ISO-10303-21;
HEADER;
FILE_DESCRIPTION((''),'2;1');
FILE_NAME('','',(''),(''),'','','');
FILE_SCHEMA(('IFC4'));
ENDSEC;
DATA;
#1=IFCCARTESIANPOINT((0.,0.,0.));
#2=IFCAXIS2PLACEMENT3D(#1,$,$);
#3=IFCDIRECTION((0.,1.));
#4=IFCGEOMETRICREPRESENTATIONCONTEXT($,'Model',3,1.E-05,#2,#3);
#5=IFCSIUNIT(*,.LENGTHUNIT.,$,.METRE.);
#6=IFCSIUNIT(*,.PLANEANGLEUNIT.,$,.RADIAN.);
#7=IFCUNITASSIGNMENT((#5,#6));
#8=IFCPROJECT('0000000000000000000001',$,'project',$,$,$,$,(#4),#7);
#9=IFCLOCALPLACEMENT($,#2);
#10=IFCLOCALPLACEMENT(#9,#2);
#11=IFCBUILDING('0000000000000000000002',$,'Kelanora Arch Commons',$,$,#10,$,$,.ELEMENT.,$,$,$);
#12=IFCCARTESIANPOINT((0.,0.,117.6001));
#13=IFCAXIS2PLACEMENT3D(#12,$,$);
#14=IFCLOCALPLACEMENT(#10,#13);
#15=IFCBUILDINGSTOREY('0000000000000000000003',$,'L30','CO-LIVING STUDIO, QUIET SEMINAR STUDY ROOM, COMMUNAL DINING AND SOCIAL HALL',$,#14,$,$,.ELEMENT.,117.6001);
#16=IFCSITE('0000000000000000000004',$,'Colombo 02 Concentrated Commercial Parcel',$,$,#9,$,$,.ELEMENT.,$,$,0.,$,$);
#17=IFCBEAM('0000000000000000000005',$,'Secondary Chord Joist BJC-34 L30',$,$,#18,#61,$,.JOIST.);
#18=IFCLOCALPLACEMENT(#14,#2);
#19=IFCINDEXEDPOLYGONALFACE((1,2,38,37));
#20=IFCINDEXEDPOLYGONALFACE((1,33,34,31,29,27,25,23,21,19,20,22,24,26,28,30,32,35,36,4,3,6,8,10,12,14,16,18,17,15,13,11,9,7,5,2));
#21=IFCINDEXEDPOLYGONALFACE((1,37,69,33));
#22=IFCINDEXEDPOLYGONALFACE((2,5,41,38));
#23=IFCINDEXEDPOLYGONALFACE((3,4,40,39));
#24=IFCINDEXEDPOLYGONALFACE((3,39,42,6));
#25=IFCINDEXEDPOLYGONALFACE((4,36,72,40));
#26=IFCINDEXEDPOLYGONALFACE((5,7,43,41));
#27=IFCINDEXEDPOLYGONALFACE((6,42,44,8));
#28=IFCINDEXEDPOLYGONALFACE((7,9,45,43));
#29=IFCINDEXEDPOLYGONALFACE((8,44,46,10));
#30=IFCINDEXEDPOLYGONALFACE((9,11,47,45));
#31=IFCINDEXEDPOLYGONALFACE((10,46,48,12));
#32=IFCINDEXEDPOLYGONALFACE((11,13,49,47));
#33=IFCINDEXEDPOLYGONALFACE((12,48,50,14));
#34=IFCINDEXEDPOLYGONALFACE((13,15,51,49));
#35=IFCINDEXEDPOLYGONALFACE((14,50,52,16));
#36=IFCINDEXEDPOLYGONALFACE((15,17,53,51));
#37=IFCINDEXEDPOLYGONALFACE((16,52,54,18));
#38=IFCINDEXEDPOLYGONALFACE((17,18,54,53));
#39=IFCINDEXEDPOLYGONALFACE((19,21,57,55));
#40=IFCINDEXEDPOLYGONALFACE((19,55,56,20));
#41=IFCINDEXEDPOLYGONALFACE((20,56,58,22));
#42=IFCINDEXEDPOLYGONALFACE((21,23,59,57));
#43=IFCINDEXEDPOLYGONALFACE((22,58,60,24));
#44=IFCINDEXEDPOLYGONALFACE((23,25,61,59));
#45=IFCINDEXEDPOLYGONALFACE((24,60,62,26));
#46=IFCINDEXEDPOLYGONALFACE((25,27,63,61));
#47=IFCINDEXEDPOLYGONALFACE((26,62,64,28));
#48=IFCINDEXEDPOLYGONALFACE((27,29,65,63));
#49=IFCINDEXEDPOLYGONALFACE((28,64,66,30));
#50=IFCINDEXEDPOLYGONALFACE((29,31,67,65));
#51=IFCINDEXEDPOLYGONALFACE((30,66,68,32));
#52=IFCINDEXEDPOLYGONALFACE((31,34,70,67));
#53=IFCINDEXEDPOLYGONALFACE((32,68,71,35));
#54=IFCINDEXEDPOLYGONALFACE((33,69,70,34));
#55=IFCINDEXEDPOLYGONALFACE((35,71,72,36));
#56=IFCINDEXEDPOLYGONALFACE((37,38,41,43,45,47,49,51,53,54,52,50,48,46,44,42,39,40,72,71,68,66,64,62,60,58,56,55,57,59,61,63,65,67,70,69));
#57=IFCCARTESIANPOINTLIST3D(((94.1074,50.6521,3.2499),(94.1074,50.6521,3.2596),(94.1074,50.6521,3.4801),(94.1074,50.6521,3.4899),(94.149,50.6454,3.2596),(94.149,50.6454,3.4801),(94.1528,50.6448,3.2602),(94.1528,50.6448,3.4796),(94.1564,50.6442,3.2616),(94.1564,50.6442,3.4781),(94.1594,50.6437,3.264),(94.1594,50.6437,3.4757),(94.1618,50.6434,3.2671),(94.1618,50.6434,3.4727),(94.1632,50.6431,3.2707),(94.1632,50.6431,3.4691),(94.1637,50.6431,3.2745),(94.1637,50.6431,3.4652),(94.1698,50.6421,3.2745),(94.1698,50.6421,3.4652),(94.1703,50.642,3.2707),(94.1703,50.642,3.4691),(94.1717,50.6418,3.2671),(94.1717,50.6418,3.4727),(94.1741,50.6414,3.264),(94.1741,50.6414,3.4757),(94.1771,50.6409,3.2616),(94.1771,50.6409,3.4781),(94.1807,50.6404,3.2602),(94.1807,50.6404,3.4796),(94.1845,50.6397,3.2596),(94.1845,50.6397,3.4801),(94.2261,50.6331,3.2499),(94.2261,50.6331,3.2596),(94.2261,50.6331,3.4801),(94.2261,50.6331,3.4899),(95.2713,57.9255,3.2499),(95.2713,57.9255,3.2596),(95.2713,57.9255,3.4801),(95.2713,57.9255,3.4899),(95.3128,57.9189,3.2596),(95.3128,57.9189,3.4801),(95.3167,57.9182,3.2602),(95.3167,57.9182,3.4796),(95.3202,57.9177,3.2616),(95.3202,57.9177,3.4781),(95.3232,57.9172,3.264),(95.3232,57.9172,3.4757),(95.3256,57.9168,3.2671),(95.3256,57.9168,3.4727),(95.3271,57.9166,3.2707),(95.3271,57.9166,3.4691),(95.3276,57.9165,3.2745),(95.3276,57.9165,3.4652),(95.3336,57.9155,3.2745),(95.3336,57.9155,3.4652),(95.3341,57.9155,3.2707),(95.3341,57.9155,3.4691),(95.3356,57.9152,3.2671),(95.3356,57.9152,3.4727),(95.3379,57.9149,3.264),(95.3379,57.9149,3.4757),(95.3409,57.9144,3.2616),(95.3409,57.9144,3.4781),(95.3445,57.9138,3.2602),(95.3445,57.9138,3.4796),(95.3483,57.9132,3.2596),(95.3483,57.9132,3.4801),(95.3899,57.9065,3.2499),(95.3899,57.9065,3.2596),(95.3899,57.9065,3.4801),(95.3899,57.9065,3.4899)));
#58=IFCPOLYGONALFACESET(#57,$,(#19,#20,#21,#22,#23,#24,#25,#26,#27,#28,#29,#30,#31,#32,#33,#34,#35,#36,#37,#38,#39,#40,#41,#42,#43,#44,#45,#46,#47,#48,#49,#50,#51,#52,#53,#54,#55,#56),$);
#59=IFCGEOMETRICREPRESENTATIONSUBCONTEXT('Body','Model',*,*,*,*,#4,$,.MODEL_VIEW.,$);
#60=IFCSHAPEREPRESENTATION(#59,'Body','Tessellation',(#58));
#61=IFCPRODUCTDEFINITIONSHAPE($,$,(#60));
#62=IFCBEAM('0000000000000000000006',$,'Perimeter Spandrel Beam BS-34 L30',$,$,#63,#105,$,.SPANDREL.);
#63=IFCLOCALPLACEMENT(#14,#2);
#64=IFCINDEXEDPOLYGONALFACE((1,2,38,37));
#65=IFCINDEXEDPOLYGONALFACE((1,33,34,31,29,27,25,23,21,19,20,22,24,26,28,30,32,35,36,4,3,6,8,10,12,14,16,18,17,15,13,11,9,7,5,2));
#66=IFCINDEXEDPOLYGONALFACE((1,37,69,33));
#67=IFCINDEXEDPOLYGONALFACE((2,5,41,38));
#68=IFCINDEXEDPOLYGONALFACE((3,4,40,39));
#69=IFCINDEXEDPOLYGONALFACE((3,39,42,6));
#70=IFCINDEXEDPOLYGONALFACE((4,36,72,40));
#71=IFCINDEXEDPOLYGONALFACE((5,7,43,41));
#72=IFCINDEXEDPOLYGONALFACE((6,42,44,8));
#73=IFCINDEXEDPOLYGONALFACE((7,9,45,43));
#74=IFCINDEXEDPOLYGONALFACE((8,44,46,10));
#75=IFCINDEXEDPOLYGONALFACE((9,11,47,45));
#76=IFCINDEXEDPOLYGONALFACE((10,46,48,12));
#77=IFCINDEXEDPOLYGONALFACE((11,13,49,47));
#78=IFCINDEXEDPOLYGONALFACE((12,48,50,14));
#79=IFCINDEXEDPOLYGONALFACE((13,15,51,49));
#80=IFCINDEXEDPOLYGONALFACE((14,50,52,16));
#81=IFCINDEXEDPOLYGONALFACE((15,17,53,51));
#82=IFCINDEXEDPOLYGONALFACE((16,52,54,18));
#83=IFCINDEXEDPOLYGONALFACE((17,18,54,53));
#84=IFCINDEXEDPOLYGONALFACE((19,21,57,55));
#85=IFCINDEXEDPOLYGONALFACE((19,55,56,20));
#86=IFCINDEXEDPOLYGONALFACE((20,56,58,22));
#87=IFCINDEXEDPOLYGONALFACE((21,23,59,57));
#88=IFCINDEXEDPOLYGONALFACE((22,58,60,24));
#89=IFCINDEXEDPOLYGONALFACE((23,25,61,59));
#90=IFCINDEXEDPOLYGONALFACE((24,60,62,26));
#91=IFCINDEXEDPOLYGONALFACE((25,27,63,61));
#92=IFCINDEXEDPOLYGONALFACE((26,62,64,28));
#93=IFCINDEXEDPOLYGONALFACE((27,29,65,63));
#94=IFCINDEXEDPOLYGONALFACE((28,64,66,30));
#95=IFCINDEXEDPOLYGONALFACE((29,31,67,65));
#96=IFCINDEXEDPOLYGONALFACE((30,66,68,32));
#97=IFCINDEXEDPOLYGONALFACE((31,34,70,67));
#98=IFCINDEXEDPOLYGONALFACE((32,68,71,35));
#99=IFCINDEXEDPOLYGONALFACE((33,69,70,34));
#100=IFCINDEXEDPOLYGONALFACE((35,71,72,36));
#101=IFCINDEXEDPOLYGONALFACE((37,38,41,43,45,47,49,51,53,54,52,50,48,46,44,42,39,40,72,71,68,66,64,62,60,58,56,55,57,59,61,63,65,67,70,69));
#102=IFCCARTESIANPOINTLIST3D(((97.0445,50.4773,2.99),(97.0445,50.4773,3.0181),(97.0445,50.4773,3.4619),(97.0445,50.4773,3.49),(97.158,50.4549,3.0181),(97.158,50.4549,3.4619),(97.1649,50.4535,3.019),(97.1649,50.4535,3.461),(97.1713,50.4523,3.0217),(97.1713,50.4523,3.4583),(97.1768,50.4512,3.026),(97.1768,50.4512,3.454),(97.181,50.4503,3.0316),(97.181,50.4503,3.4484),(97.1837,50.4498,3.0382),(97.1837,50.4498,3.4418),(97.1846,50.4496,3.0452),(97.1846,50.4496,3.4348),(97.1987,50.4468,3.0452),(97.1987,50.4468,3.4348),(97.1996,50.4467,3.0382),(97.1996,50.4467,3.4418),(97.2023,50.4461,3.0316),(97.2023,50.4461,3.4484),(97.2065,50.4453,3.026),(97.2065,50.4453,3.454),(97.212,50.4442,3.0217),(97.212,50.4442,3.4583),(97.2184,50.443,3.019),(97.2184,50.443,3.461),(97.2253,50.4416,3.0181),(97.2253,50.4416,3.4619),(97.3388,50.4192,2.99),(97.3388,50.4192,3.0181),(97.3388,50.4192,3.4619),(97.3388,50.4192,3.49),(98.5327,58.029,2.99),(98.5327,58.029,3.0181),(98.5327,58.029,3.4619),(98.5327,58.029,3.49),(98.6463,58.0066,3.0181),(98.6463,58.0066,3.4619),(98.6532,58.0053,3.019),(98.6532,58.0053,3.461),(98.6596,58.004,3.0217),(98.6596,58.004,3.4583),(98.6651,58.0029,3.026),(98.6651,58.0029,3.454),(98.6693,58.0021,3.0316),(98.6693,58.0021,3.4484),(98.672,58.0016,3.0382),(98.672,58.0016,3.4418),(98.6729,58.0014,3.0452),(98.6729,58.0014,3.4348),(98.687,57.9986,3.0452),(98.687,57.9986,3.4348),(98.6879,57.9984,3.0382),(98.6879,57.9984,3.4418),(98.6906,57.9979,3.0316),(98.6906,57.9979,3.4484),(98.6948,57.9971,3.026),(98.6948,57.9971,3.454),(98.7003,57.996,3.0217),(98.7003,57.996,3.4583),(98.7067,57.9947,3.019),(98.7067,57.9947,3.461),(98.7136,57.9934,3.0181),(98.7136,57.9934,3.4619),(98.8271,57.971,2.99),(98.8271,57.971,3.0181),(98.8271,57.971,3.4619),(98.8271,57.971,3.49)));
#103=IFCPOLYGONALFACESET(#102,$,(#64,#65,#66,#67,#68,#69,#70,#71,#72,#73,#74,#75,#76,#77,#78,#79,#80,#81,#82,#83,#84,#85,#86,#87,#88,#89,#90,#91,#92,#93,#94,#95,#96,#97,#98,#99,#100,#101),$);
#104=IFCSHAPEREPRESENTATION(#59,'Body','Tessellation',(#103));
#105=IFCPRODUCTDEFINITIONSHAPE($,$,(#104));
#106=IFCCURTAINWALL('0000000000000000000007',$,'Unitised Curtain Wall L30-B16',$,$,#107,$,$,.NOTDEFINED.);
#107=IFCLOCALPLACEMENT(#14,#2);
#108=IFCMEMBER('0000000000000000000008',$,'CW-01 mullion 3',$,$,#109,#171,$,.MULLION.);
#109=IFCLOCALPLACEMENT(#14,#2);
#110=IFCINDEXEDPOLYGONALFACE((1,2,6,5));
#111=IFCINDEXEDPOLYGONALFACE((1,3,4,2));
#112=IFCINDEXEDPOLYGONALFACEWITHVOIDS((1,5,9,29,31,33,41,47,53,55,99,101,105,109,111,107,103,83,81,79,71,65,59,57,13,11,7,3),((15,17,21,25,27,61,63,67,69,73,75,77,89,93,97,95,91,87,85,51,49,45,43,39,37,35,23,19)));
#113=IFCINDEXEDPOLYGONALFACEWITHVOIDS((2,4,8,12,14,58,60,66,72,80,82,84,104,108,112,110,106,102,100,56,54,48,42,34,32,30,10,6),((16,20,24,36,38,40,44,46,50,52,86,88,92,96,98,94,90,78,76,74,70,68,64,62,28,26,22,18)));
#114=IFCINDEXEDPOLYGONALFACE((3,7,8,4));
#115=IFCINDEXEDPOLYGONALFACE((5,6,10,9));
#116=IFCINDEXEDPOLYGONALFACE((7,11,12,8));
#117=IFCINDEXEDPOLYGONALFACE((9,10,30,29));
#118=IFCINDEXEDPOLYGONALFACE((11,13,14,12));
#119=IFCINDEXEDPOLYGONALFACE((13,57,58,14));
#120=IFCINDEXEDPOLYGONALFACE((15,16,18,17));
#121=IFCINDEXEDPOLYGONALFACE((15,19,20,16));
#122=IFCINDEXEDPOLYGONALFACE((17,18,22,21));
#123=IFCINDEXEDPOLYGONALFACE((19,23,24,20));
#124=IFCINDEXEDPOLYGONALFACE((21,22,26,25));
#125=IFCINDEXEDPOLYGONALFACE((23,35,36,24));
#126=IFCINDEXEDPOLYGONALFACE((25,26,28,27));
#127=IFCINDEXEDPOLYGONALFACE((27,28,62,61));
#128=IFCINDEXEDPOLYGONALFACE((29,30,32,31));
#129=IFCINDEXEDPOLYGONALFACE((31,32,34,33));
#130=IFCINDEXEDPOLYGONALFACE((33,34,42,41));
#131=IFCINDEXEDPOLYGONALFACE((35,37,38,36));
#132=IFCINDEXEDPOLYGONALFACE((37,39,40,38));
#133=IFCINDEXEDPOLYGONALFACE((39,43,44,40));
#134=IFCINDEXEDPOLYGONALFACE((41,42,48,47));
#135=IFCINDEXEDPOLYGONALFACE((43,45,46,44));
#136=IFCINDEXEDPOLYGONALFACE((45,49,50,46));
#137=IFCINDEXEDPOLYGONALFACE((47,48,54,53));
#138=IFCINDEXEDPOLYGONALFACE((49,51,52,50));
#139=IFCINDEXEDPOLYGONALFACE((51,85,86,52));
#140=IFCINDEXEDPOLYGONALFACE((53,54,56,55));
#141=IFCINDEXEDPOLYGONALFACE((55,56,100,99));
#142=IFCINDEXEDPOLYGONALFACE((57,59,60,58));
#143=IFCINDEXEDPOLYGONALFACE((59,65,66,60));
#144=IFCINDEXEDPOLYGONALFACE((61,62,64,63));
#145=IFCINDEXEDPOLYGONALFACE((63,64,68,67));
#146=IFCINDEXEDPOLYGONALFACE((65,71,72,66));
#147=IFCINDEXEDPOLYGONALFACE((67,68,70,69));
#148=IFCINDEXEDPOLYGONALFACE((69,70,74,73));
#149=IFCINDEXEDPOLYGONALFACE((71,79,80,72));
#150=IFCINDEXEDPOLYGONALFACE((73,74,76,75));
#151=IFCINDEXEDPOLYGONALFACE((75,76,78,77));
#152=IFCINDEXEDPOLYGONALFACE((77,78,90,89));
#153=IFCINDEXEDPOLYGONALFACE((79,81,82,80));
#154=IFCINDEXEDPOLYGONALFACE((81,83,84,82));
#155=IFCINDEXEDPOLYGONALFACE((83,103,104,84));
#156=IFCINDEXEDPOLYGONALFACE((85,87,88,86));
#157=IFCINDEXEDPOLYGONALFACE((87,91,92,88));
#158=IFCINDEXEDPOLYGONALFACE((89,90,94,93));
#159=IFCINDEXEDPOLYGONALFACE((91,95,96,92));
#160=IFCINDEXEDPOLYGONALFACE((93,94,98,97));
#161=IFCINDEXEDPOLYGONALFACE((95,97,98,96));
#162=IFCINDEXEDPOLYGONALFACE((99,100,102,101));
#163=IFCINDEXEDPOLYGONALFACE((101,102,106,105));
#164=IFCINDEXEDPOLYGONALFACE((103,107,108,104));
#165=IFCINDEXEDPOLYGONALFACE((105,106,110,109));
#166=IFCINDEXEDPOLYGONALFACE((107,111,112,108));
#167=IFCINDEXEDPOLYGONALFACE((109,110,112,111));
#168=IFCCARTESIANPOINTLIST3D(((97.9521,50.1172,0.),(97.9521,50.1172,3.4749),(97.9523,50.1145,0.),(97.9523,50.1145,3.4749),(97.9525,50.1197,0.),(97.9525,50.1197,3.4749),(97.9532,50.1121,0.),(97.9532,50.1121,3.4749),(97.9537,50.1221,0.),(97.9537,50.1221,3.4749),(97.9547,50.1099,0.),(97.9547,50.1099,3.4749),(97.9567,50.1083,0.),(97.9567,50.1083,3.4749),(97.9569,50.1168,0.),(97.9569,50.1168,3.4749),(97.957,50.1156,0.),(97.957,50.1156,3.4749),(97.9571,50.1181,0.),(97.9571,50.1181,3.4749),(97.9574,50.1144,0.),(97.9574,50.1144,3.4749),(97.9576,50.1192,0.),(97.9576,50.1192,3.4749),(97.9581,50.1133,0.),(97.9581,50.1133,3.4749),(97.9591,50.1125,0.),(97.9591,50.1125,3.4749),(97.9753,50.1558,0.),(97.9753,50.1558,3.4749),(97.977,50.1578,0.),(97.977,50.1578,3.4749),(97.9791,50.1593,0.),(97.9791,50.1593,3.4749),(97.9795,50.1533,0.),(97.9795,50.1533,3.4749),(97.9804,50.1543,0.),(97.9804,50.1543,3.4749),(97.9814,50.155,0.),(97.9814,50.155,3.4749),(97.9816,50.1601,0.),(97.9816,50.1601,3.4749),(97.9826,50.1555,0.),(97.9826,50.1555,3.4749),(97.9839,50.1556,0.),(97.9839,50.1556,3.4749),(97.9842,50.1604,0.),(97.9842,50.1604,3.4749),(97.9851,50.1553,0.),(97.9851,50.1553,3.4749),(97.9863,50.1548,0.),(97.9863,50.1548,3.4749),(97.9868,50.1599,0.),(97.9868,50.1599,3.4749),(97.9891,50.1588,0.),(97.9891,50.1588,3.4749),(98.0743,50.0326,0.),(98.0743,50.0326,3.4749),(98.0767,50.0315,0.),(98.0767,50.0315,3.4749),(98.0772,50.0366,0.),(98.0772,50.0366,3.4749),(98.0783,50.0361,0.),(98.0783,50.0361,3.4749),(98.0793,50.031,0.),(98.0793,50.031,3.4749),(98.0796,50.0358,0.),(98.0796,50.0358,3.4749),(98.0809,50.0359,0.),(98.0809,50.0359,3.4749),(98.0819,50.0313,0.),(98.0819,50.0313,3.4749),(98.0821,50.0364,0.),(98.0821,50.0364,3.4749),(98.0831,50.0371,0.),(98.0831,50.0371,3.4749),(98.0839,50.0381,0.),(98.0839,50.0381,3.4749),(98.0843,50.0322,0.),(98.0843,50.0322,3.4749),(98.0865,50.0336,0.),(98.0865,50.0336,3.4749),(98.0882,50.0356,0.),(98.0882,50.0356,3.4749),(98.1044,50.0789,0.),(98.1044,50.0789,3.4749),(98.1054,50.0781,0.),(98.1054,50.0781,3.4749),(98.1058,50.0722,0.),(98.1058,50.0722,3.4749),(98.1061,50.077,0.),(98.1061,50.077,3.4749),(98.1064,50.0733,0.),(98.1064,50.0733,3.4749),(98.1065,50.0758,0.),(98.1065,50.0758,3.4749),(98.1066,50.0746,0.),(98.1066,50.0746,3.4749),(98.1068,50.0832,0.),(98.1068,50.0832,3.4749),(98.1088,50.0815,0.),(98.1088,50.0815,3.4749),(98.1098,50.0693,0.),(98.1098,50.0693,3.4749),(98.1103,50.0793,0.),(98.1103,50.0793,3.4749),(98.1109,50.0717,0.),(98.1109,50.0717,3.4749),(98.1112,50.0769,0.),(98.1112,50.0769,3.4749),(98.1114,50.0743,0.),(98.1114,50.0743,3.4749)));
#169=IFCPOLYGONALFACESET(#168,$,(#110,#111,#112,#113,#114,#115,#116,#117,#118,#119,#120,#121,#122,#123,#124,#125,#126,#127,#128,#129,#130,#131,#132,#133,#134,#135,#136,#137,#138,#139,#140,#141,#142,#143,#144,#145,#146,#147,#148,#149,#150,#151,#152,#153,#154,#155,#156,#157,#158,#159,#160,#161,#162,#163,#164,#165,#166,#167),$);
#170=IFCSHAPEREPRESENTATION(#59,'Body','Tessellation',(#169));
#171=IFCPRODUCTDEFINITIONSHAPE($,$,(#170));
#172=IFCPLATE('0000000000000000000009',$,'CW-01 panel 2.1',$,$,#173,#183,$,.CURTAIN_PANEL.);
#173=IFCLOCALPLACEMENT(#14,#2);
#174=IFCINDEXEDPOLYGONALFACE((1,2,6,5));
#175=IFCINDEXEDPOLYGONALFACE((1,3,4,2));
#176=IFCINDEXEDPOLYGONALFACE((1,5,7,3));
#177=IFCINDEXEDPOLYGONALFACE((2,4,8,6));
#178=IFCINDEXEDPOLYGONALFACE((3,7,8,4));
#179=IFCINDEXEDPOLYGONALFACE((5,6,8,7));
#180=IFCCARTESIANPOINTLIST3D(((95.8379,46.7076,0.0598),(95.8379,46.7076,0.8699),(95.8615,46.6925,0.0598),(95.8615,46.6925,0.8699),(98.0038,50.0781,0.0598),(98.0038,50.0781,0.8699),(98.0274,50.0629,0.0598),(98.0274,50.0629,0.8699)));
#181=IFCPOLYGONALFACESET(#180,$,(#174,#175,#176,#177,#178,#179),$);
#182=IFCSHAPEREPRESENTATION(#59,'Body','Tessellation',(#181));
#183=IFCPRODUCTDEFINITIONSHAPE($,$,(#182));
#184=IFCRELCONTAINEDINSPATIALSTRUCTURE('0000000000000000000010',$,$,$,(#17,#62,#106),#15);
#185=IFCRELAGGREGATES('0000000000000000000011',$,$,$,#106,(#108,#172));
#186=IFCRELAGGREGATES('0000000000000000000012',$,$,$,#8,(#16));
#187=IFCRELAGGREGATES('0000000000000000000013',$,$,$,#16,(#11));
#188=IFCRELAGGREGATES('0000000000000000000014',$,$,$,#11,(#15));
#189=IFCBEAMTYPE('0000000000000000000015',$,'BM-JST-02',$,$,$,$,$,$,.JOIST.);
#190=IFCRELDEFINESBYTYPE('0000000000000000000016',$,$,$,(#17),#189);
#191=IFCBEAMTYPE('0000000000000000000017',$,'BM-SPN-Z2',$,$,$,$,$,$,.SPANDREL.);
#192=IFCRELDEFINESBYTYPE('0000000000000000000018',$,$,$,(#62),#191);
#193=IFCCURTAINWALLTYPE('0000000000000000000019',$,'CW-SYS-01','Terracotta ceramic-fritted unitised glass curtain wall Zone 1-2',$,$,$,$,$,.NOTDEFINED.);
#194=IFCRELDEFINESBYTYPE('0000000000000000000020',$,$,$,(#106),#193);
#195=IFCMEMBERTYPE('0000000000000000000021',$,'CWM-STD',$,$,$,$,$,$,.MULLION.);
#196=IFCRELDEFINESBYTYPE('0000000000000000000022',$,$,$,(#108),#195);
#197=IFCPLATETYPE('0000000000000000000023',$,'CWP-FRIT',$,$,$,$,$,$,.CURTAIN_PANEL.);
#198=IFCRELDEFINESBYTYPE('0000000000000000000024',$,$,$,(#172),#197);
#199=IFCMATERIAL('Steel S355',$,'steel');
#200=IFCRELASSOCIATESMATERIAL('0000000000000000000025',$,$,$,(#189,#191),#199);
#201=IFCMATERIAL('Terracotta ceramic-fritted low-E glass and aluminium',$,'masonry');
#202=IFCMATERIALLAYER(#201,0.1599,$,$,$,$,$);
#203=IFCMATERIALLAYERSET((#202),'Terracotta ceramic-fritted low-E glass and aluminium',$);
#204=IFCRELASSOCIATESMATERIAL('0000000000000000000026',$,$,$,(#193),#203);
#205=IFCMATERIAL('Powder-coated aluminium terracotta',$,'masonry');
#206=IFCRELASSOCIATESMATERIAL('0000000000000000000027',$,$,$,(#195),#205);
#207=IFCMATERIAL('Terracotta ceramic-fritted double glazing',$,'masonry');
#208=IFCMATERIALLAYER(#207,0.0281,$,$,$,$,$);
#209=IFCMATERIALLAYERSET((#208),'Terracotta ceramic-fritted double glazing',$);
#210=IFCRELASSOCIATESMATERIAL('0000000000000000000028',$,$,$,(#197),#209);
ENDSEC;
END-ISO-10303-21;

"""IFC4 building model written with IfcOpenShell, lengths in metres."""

from ifc_helpers import new_model, si_unit, direction, frame, origin, origin_2d, place, context, subcontext, project, spatial, rectangle, hollow_rectangle, i_section, extrude, source, transform, mapped, material, layer, layer_set, material_profile, profile_set, type_object, element, aggregate, save


model = new_model("IFC4")

# Units and contexts
model_context = context("Model", 3, precision=1e-05, world=origin(), true_north=direction((0.0, 1.0)))
body_context = subcontext(model_context, "Body", "Model", "MODEL_VIEW")
ifc_project = project(units=[si_unit("LENGTHUNIT", "METRE"), si_unit("PLANEANGLEUNIT", "RADIAN")], contexts=[model_context])

# Site, building, storey
site_placement = place(None, origin())
site = spatial("IfcSite", under=ifc_project, at=site_placement, Name="Colombo 02 Concentrated Commercial Parcel", CompositionType="ELEMENT", RefElevation=0.0)
building_placement = place(site_placement, origin())
building = spatial("IfcBuilding", under=site, at=building_placement, Name="Kelanora Arch Commons", CompositionType="ELEMENT")
storey_placement = place(building_placement, frame((0.0, 0.0, 117.6001)))
storey = spatial("IfcBuildingStorey", under=building, at=storey_placement, Name="L30", Description="CO-LIVING STUDIO, QUIET SEMINAR STUDY ROOM, COMMUNAL DINING AND SOCIAL HALL", CompositionType="ELEMENT", Elevation=117.6001)

# Beams
ifc_material_1 = material(Name="Steel S355", Category="steel")
ifc_material_profile_1 = material_profile(ifc_material_1, i_section(OverallWidth=0.1201, OverallDepth=0.24, WebThickness=0.0061, FlangeThickness=0.0098, FilletRadius=0.0149, at=origin_2d()), Name="IPE240")
ifc_profile_set_1 = profile_set([ifc_material_profile_1], Name="Steel S355")
beam_type_1 = type_object("IfcBeamType", Name="BM-JST-02", PredefinedType="JOIST", material=ifc_profile_set_1)
beam_1_placement = place(storey_placement, frame((94.1667, 50.6426, 3.3699), z_axis=(0.158, 0.987439, 0.0), x_axis=(-0.987439, 0.158, 0.0)))
element("IfcBeam", 1, at=beam_1_placement, inside=storey, type_object=beam_type_1, Name="Secondary Chord Joist BJC-34 L30", PredefinedType="JOIST", context=body_context, shape_type="SweptSolid", body=[
    extrude(i_section(OverallWidth=0.1201, OverallDepth=0.24, WebThickness=0.0061, FlangeThickness=0.0098, FilletRadius=0.0149, at=origin_2d()), origin(), (0.0, 0.0, 1.0), 7.366),
])
ifc_material_profile_2 = material_profile(ifc_material_1, i_section(OverallWidth=0.3, OverallDepth=0.5, WebThickness=0.0144, FlangeThickness=0.0281, FilletRadius=0.0271, at=origin_2d()), Name="HEB500")
ifc_profile_set_2 = profile_set([ifc_material_profile_2], Name="Steel S355")
beam_type_2 = type_object("IfcBeamType", Name="BM-SPN-Z2", PredefinedType="SPANDREL", material=ifc_profile_set_2)
beam_2_placement = place(storey_placement, frame((97.1917, 50.4482, 3.24), z_axis=(0.193358, 0.981128, 0.0), x_axis=(-0.981128, 0.193358, 0.0)))
element("IfcBeam", 2, at=beam_2_placement, inside=storey, type_object=beam_type_2, Name="Perimeter Spandrel Beam BS-34 L30", PredefinedType="SPANDREL", context=body_context, shape_type="SweptSolid", body=[
    extrude(i_section(OverallWidth=0.3, OverallDepth=0.5, WebThickness=0.0144, FlangeThickness=0.0281, FilletRadius=0.0271, at=origin_2d()), origin(), (0.0, 0.0, 1.0), 7.697),
])

# Curtain wall, member, plate
ifc_material_2 = material(Name="Terracotta ceramic-fritted low-E glass and aluminium", Category="masonry")
ifc_layer_1 = layer(ifc_material_2, 0.1599)
ifc_layer_set_1 = layer_set([ifc_layer_1], Name="Terracotta ceramic-fritted low-E glass and aluminium")
curtain_wall_type = type_object("IfcCurtainWallType", Name="CW-SYS-01", Description="Terracotta ceramic-fritted unitised glass curtain wall Zone 1-2", PredefinedType="NOTDEFINED", material=ifc_layer_set_1)
curtain_wall_placement = place(storey_placement, origin())
curtain_wall = element("IfcCurtainWall", 3, at=curtain_wall_placement, inside=storey, type_object=curtain_wall_type, Name="Unitised Curtain Wall L30-B16", PredefinedType="NOTDEFINED")
ifc_material_3 = material(Name="Powder-coated aluminium terracotta", Category="masonry")
ifc_material_profile_3 = material_profile(ifc_material_3, hollow_rectangle(XDim=0.1599, YDim=0.0601, WallThickness=0.0049, InnerFilletRadius=0.0049, OuterFilletRadius=0.01, at=origin_2d()), Name="CWM160x60")
ifc_profile_set_3 = profile_set([ifc_material_profile_3], Name="Powder-coated aluminium terracotta")
member_type = type_object("IfcMemberType", Name="CWM-STD", PredefinedType="MULLION", material=ifc_profile_set_3)
member_placement = place(storey_placement, frame((98.0317, 50.0957, 0.0), z_axis=(0.0, 0.0, 1.0), x_axis=(-0.841269, 0.540617, 0.0)))
member = element("IfcMember", 4, at=member_placement, type_object=member_type, Name="CW-01 mullion 3", PredefinedType="MULLION", context=body_context, shape_type="SweptSolid", body=[
    extrude(hollow_rectangle(XDim=0.1599, YDim=0.0601, WallThickness=0.0049, InnerFilletRadius=0.0049, OuterFilletRadius=0.01, at=origin_2d()), origin(), (0.0, 0.0, 1.0), 3.4749),
])
ifc_material_4 = material(Name="Terracotta ceramic-fritted double glazing", Category="masonry")
ifc_layer_2 = layer(ifc_material_4, 0.0281)
ifc_layer_set_2 = layer_set([ifc_layer_2], Name="Terracotta ceramic-fritted double glazing")
plate_type = type_object("IfcPlateType", Name="CWP-FRIT", PredefinedType="CURTAIN_PANEL", material=ifc_layer_set_2)
shared_shape_1 = source(origin(), body_context, "Body", "SweptSolid", [
    extrude(rectangle(XDim=4.0063, YDim=0.0281, at=origin_2d()), origin(), (0.0, 0.0, 1.0), 0.8101),
])
plate_1_placement = place(storey_placement, frame((96.9326, 48.3853, 0.0598), z_axis=(0.0, 0.0, 1.0), x_axis=(0.540617, 0.841269, 0.0)))
plate_1 = element("IfcPlate", 5, at=plate_1_placement, type_object=plate_type, Name="CW-01 panel 2.1", PredefinedType="CURTAIN_PANEL", context=body_context, shape_type="MappedRepresentation", body=[
    mapped(shared_shape_1, transform((0.0, 0.0, 0.0), scale=1.0)),
])
aggregate(curtain_wall, [member, plate_1])

save(model, "model.ifc")
